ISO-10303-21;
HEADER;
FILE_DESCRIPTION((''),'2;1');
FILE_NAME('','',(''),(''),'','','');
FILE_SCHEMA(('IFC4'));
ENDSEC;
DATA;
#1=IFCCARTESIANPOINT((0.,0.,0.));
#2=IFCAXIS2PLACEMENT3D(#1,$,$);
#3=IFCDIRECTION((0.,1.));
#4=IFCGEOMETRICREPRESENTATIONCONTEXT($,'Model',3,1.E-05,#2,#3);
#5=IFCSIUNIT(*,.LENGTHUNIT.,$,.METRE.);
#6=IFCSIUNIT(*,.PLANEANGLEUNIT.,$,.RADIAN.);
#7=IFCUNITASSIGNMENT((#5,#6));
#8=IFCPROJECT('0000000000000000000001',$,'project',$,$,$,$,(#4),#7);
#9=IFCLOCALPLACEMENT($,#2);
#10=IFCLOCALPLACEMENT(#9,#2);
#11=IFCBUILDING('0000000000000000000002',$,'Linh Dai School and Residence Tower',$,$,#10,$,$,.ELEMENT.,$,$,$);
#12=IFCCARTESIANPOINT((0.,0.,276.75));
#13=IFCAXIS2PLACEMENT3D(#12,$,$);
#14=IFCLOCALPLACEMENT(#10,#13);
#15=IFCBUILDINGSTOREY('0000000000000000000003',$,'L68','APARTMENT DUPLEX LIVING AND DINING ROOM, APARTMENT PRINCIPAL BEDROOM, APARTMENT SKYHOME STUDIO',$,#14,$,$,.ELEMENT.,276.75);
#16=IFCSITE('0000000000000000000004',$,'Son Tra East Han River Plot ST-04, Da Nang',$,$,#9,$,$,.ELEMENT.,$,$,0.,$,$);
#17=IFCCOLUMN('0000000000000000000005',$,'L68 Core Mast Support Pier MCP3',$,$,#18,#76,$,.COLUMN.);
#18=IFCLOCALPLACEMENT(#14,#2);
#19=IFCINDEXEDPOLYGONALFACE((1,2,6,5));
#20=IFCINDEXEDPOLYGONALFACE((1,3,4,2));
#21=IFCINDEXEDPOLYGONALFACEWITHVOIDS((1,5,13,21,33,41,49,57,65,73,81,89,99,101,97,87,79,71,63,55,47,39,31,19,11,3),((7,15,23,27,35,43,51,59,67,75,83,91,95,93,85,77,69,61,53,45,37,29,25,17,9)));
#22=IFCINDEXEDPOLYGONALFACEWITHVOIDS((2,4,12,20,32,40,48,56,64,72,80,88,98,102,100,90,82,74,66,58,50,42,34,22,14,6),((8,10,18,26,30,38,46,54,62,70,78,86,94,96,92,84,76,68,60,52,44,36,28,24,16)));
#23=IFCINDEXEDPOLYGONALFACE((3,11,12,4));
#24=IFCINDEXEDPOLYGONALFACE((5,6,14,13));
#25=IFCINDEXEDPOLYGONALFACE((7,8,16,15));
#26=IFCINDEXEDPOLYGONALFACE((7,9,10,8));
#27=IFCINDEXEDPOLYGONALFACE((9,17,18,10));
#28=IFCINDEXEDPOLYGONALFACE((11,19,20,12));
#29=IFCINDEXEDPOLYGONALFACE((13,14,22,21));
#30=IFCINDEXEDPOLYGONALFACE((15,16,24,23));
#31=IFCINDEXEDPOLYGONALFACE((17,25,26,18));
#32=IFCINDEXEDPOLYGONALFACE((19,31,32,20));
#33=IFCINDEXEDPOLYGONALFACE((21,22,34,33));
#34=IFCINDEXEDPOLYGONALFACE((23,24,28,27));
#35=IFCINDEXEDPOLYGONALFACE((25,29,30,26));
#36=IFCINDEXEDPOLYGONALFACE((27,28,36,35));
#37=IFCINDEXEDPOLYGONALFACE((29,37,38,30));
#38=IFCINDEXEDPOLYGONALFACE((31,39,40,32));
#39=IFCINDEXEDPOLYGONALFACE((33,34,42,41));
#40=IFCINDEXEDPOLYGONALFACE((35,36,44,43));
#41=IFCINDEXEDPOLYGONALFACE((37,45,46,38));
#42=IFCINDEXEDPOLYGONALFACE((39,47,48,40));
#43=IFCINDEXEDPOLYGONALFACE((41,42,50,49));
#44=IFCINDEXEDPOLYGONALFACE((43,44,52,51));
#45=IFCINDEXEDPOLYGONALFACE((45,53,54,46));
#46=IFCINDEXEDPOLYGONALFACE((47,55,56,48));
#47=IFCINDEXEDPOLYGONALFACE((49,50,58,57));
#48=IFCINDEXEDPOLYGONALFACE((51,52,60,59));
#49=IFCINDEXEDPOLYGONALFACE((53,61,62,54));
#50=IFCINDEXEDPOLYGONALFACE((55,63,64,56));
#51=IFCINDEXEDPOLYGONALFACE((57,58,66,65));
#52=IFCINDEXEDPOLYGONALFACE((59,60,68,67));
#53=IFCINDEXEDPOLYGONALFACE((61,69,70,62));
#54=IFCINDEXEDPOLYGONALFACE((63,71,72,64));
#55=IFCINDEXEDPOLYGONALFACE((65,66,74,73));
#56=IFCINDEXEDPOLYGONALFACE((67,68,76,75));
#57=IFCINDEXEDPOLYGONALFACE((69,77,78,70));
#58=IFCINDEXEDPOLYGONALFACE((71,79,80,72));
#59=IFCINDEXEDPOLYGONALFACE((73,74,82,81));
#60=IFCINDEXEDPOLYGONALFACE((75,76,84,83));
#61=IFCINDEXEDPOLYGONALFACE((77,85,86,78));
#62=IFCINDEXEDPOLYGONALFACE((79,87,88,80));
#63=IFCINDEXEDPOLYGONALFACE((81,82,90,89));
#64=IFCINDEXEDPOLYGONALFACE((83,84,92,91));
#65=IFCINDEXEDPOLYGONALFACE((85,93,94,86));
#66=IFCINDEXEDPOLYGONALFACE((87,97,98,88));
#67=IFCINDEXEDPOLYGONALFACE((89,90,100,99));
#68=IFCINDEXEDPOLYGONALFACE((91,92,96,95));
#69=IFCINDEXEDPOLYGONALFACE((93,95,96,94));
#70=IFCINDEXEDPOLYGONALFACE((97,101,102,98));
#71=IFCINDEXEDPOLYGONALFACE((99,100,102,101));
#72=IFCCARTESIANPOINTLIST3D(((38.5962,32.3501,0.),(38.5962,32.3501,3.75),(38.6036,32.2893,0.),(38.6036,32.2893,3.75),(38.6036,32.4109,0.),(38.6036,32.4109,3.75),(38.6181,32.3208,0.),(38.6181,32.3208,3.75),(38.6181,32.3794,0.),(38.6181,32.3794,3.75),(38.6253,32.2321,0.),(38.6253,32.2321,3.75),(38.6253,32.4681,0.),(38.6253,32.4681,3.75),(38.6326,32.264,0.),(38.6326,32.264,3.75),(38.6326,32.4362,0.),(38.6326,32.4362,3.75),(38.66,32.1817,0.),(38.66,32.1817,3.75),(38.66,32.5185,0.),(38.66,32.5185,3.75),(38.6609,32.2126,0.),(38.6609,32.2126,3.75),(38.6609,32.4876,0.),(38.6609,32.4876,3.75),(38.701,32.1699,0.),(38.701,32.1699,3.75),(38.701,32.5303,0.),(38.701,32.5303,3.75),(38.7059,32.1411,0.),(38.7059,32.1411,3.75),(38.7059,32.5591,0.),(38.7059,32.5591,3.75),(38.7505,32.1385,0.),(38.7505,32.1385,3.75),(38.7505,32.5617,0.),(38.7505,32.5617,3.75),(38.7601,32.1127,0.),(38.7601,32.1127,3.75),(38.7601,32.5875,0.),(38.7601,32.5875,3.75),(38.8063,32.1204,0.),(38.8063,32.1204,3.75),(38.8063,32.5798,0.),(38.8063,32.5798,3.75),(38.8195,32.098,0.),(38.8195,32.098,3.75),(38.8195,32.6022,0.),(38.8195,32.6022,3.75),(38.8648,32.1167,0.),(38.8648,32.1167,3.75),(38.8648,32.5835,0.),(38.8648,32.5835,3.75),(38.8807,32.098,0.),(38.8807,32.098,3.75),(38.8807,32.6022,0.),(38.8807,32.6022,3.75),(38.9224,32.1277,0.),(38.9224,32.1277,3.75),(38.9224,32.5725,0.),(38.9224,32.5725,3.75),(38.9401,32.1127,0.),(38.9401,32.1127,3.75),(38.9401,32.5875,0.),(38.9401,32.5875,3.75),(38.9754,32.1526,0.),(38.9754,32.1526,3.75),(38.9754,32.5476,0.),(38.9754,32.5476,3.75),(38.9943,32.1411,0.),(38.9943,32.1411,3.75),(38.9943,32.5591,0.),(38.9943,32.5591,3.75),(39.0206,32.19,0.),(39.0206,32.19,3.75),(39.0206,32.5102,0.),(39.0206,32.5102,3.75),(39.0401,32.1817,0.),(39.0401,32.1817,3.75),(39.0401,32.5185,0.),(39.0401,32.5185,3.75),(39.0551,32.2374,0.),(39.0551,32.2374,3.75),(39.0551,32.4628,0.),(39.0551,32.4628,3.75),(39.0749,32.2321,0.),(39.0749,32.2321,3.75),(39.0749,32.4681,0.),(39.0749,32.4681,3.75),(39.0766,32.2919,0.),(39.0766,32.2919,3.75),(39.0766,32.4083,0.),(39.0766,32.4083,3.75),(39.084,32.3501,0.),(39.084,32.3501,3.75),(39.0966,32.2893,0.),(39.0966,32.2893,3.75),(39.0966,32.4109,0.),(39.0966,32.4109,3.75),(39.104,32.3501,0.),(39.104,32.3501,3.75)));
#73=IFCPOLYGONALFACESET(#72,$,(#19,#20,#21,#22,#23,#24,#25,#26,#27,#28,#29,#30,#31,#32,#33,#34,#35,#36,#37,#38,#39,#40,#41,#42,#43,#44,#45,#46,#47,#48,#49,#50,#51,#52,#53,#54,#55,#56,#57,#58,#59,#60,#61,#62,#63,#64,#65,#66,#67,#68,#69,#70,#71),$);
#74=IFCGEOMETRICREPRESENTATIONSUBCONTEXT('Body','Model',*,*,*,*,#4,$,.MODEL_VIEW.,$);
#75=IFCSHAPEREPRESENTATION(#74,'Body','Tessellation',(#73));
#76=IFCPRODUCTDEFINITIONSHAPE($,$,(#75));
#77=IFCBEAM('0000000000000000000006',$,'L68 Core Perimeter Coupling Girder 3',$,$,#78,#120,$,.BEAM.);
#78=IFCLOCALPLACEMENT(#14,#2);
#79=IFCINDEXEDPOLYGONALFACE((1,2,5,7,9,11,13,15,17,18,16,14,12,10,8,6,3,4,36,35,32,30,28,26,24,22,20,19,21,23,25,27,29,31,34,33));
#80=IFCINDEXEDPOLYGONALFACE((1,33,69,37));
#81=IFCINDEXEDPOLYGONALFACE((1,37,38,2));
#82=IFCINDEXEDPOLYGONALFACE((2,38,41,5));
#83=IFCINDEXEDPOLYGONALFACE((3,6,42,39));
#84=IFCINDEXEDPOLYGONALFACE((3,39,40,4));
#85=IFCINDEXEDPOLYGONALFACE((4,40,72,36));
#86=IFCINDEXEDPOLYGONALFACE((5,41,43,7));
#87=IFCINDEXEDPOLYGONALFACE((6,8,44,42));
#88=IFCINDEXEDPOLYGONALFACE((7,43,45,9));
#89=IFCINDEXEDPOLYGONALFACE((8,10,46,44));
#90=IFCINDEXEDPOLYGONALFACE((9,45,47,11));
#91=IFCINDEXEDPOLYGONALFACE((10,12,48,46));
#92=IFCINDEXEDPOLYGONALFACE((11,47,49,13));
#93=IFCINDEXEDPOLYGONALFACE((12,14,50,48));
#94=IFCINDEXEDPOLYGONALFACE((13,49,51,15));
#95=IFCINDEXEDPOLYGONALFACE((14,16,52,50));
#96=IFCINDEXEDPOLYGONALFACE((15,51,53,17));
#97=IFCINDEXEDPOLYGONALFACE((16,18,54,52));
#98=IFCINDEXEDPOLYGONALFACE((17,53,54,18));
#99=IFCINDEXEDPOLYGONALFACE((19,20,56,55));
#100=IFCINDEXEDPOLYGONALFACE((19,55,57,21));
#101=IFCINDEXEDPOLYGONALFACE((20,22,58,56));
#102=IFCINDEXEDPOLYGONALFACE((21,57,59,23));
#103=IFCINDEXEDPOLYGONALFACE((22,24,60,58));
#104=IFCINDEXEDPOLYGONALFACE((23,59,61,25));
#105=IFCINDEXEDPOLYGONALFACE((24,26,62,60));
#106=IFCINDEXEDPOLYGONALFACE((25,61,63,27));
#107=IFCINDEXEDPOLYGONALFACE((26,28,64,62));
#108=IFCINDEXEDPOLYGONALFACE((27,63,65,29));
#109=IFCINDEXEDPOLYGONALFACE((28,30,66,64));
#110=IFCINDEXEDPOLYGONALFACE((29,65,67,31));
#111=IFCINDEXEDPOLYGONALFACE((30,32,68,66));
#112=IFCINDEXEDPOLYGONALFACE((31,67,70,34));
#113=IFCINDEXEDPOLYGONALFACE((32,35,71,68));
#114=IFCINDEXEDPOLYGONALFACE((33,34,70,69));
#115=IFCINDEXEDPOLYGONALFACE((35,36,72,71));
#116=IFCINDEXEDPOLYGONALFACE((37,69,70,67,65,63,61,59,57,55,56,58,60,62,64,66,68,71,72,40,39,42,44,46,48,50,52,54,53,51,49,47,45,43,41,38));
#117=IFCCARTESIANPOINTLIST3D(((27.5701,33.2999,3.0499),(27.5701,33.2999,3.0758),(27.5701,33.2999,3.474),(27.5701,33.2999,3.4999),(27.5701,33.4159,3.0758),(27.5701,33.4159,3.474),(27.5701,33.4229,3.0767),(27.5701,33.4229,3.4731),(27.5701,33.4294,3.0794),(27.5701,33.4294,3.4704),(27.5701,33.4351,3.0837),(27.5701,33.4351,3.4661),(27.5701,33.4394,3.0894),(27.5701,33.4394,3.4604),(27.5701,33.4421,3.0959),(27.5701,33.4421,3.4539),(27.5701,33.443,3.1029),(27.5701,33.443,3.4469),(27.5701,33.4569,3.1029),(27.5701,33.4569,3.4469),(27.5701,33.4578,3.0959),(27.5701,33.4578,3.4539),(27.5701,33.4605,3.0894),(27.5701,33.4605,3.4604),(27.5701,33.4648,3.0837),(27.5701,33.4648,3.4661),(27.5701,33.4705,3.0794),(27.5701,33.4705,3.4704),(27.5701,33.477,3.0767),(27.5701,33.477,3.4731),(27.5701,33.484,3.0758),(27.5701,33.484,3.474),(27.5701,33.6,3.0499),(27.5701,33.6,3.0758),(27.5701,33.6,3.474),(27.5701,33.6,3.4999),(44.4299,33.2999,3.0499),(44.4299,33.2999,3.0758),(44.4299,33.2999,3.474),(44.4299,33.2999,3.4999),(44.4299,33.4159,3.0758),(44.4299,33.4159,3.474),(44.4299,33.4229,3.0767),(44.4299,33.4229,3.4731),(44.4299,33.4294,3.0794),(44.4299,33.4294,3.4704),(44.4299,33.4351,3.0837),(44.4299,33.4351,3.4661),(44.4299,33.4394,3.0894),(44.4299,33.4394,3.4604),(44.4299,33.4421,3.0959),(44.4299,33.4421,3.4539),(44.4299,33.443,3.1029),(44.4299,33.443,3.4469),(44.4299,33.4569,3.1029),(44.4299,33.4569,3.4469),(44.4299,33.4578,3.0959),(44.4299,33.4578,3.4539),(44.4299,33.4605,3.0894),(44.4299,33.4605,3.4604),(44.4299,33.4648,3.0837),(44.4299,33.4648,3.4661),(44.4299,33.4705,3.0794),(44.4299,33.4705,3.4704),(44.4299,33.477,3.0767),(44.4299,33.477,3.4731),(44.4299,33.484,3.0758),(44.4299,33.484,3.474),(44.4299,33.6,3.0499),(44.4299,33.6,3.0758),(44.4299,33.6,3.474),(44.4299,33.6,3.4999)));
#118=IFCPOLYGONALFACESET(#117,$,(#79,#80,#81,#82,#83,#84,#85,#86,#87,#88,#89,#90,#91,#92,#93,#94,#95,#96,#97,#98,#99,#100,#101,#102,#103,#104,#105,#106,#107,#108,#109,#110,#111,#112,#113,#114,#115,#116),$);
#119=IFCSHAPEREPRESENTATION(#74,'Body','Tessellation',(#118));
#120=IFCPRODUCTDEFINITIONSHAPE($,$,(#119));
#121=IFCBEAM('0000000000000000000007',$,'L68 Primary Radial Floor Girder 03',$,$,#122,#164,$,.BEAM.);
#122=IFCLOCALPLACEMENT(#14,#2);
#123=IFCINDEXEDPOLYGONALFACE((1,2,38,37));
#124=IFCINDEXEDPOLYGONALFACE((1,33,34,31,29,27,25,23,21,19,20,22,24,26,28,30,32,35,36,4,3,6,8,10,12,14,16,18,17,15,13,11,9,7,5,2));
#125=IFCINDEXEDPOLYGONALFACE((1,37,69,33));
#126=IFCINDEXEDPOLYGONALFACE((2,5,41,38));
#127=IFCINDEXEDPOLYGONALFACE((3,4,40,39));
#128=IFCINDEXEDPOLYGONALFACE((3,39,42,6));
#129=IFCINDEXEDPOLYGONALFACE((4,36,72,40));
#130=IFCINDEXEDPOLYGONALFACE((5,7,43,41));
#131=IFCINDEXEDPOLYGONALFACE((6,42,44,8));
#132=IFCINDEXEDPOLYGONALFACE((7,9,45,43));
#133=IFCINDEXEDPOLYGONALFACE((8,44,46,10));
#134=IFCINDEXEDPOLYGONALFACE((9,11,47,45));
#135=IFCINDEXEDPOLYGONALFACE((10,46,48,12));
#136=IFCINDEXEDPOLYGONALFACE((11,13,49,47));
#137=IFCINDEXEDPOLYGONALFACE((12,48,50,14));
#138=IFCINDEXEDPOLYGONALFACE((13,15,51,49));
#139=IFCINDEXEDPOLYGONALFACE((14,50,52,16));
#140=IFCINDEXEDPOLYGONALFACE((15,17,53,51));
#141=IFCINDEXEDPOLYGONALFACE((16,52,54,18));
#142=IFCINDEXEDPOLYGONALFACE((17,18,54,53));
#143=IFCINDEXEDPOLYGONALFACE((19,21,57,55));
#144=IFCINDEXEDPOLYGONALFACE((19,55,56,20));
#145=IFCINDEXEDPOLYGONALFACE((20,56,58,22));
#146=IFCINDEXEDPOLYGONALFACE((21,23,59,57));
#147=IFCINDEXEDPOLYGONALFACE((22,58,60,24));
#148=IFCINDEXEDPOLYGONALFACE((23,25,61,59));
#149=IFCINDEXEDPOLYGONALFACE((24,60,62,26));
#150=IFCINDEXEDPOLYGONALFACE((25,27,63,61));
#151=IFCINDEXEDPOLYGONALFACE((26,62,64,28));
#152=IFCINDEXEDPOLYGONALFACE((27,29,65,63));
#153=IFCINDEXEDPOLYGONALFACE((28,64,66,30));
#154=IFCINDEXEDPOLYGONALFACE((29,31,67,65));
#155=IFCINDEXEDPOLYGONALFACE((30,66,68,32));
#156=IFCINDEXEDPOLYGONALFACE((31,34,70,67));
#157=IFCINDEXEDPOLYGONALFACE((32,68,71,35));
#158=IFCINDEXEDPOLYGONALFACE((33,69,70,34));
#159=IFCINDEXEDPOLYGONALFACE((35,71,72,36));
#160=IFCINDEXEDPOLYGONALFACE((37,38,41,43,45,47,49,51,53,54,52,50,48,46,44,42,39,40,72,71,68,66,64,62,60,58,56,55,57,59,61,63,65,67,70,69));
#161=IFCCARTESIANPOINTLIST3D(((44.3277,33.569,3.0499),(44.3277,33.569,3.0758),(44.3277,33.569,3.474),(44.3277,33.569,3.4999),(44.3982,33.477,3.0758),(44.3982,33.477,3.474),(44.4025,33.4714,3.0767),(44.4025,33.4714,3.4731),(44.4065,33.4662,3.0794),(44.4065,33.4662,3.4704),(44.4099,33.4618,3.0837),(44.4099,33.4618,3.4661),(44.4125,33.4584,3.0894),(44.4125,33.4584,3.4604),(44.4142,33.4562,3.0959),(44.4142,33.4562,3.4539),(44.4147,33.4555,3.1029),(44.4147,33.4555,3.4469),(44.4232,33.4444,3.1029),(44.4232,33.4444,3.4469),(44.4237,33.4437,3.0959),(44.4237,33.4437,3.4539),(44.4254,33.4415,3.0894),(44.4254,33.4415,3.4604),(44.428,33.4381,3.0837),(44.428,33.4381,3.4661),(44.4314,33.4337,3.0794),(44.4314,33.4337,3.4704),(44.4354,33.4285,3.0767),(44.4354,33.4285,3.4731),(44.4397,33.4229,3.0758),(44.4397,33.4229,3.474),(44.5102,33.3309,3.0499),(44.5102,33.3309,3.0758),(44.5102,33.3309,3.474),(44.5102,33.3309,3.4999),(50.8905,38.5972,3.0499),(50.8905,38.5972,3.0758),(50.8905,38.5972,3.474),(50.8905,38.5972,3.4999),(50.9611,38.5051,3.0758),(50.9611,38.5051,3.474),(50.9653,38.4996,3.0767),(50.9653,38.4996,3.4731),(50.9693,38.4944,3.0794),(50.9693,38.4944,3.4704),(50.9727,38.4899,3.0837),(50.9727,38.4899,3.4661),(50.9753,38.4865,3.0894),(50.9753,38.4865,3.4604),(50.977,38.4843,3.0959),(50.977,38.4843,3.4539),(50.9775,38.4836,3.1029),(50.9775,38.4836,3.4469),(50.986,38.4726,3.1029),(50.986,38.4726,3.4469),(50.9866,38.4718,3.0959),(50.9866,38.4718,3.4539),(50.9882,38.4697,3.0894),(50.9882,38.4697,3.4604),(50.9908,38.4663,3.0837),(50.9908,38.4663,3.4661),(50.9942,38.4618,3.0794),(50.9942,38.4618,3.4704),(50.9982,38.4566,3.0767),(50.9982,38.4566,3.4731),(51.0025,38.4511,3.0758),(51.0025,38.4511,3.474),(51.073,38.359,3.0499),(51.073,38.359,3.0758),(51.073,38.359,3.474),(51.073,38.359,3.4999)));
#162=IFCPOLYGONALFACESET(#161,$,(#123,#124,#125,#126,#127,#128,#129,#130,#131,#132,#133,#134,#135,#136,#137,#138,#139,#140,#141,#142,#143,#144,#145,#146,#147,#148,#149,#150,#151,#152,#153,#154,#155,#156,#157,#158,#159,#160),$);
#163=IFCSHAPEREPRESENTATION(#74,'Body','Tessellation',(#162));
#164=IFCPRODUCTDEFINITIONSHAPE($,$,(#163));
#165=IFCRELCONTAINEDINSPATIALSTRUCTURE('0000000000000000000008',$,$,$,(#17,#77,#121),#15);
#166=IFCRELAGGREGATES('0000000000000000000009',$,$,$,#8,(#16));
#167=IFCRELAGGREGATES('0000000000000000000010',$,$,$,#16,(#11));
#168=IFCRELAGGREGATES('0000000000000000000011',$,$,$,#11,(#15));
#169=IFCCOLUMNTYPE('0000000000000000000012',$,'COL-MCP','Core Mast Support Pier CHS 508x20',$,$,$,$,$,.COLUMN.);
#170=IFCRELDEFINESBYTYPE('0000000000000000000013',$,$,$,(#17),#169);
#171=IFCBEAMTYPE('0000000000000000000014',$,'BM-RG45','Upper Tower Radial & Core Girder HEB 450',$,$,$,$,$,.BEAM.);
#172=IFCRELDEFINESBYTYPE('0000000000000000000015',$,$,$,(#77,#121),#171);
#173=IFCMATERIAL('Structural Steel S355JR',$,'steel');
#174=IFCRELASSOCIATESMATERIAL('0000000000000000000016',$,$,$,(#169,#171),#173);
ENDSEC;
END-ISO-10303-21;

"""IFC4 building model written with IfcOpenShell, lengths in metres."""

from ifc_helpers import new_model, si_unit, direction, frame, origin, origin_2d, place, context, subcontext, project, spatial, hollow_circle, i_section, extrude, material, material_profile, profile_set, type_object, element, save


model = new_model("IFC4")

# Units and contexts
model_context = context("Model", 3, precision=1e-05, world=origin(), true_north=direction((0.0, 1.0)))
body_context = subcontext(model_context, "Body", "Model", "MODEL_VIEW")
ifc_project = project(units=[si_unit("LENGTHUNIT", "METRE"), si_unit("PLANEANGLEUNIT", "RADIAN")], contexts=[model_context])

# Site, building, storey
site_placement = place(None, origin())
site = spatial("IfcSite", under=ifc_project, at=site_placement, Name="Son Tra East Han River Plot ST-04, Da Nang", CompositionType="ELEMENT", RefElevation=0.0)
building_placement = place(site_placement, origin())
building = spatial("IfcBuilding", under=site, at=building_placement, Name="Linh Dai School and Residence Tower", CompositionType="ELEMENT")
storey_placement = place(building_placement, frame((0.0, 0.0, 276.75)))
storey = spatial("IfcBuildingStorey", under=building, at=storey_placement, Name="L68", Description="APARTMENT DUPLEX LIVING AND DINING ROOM, APARTMENT PRINCIPAL BEDROOM, APARTMENT SKYHOME STUDIO", CompositionType="ELEMENT", Elevation=276.75)

# Column
ifc_material_1 = material(Name="Structural Steel S355JR", Category="steel")
ifc_material_profile_1 = material_profile(ifc_material_1, hollow_circle(Radius=0.2539, WallThickness=0.02, at=origin_2d()), Name="CHS 508x20")
ifc_profile_set_1 = profile_set([ifc_material_profile_1], Name="Structural Steel S355JR")
column_type_1 = type_object("IfcColumnType", Name="COL-MCP", Description="Core Mast Support Pier CHS 508x20", PredefinedType="COLUMN", material=ifc_profile_set_1)
column_placement = place(storey_placement, frame((38.8501, 32.3501, 0.0), z_axis=(0.0, 0.0, 1.0), x_axis=(1.0, 0.0, 0.0)))
element("IfcColumn", 1, at=column_placement, inside=storey, type_object=column_type_1, Name="L68 Core Mast Support Pier MCP3", PredefinedType="COLUMN", context=body_context, shape_type="SweptSolid", body=[
    extrude(hollow_circle(Radius=0.2539, WallThickness=0.02, at=origin_2d()), origin(), (0.0, 0.0, 1.0), 3.75),
])

# Beams
ifc_material_profile_2 = material_profile(ifc_material_1, i_section(OverallWidth=0.3, OverallDepth=0.45, WebThickness=0.0139, FlangeThickness=0.0259, FilletRadius=0.0271, at=origin_2d()), Name="HEB 450")
ifc_profile_set_2 = profile_set([ifc_material_profile_2], Name="Structural Steel S355JR")
beam_type_1 = type_object("IfcBeamType", Name="BM-RG45", Description="Upper Tower Radial & Core Girder HEB 450", PredefinedType="BEAM", material=ifc_profile_set_2)
beam_1_placement = place(storey_placement, frame((44.4299, 33.45, 3.2749), z_axis=(-1.0, 0.0, 0.0), x_axis=(0.0, -1.0, 0.0)))
element("IfcBeam", 2, at=beam_1_placement, inside=storey, type_object=beam_type_1, Name="L68 Core Perimeter Coupling Girder 3", PredefinedType="BEAM", context=body_context, shape_type="SweptSolid", body=[
    extrude(i_section(OverallWidth=0.3, OverallDepth=0.45, WebThickness=0.0139, FlangeThickness=0.0259, FilletRadius=0.0271, at=origin_2d()), origin(), (0.0, 0.0, 1.0), 16.8599),
])
beam_2_placement = place(storey_placement, frame((44.4189, 33.45, 3.2749), z_axis=(0.793803, 0.608175, 0.0), x_axis=(-0.608175, 0.793803, 0.0)))
element("IfcBeam", 3, at=beam_2_placement, inside=storey, type_object=beam_type_1, Name="L68 Primary Radial Floor Girder 03", PredefinedType="BEAM", context=body_context, shape_type="SweptSolid", body=[
    extrude(i_section(OverallWidth=0.3, OverallDepth=0.45, WebThickness=0.0139, FlangeThickness=0.0259, FilletRadius=0.0271, at=origin_2d()), origin(), (0.0, 0.0, 1.0), 8.2676),
])

save(model, "model.ifc")
